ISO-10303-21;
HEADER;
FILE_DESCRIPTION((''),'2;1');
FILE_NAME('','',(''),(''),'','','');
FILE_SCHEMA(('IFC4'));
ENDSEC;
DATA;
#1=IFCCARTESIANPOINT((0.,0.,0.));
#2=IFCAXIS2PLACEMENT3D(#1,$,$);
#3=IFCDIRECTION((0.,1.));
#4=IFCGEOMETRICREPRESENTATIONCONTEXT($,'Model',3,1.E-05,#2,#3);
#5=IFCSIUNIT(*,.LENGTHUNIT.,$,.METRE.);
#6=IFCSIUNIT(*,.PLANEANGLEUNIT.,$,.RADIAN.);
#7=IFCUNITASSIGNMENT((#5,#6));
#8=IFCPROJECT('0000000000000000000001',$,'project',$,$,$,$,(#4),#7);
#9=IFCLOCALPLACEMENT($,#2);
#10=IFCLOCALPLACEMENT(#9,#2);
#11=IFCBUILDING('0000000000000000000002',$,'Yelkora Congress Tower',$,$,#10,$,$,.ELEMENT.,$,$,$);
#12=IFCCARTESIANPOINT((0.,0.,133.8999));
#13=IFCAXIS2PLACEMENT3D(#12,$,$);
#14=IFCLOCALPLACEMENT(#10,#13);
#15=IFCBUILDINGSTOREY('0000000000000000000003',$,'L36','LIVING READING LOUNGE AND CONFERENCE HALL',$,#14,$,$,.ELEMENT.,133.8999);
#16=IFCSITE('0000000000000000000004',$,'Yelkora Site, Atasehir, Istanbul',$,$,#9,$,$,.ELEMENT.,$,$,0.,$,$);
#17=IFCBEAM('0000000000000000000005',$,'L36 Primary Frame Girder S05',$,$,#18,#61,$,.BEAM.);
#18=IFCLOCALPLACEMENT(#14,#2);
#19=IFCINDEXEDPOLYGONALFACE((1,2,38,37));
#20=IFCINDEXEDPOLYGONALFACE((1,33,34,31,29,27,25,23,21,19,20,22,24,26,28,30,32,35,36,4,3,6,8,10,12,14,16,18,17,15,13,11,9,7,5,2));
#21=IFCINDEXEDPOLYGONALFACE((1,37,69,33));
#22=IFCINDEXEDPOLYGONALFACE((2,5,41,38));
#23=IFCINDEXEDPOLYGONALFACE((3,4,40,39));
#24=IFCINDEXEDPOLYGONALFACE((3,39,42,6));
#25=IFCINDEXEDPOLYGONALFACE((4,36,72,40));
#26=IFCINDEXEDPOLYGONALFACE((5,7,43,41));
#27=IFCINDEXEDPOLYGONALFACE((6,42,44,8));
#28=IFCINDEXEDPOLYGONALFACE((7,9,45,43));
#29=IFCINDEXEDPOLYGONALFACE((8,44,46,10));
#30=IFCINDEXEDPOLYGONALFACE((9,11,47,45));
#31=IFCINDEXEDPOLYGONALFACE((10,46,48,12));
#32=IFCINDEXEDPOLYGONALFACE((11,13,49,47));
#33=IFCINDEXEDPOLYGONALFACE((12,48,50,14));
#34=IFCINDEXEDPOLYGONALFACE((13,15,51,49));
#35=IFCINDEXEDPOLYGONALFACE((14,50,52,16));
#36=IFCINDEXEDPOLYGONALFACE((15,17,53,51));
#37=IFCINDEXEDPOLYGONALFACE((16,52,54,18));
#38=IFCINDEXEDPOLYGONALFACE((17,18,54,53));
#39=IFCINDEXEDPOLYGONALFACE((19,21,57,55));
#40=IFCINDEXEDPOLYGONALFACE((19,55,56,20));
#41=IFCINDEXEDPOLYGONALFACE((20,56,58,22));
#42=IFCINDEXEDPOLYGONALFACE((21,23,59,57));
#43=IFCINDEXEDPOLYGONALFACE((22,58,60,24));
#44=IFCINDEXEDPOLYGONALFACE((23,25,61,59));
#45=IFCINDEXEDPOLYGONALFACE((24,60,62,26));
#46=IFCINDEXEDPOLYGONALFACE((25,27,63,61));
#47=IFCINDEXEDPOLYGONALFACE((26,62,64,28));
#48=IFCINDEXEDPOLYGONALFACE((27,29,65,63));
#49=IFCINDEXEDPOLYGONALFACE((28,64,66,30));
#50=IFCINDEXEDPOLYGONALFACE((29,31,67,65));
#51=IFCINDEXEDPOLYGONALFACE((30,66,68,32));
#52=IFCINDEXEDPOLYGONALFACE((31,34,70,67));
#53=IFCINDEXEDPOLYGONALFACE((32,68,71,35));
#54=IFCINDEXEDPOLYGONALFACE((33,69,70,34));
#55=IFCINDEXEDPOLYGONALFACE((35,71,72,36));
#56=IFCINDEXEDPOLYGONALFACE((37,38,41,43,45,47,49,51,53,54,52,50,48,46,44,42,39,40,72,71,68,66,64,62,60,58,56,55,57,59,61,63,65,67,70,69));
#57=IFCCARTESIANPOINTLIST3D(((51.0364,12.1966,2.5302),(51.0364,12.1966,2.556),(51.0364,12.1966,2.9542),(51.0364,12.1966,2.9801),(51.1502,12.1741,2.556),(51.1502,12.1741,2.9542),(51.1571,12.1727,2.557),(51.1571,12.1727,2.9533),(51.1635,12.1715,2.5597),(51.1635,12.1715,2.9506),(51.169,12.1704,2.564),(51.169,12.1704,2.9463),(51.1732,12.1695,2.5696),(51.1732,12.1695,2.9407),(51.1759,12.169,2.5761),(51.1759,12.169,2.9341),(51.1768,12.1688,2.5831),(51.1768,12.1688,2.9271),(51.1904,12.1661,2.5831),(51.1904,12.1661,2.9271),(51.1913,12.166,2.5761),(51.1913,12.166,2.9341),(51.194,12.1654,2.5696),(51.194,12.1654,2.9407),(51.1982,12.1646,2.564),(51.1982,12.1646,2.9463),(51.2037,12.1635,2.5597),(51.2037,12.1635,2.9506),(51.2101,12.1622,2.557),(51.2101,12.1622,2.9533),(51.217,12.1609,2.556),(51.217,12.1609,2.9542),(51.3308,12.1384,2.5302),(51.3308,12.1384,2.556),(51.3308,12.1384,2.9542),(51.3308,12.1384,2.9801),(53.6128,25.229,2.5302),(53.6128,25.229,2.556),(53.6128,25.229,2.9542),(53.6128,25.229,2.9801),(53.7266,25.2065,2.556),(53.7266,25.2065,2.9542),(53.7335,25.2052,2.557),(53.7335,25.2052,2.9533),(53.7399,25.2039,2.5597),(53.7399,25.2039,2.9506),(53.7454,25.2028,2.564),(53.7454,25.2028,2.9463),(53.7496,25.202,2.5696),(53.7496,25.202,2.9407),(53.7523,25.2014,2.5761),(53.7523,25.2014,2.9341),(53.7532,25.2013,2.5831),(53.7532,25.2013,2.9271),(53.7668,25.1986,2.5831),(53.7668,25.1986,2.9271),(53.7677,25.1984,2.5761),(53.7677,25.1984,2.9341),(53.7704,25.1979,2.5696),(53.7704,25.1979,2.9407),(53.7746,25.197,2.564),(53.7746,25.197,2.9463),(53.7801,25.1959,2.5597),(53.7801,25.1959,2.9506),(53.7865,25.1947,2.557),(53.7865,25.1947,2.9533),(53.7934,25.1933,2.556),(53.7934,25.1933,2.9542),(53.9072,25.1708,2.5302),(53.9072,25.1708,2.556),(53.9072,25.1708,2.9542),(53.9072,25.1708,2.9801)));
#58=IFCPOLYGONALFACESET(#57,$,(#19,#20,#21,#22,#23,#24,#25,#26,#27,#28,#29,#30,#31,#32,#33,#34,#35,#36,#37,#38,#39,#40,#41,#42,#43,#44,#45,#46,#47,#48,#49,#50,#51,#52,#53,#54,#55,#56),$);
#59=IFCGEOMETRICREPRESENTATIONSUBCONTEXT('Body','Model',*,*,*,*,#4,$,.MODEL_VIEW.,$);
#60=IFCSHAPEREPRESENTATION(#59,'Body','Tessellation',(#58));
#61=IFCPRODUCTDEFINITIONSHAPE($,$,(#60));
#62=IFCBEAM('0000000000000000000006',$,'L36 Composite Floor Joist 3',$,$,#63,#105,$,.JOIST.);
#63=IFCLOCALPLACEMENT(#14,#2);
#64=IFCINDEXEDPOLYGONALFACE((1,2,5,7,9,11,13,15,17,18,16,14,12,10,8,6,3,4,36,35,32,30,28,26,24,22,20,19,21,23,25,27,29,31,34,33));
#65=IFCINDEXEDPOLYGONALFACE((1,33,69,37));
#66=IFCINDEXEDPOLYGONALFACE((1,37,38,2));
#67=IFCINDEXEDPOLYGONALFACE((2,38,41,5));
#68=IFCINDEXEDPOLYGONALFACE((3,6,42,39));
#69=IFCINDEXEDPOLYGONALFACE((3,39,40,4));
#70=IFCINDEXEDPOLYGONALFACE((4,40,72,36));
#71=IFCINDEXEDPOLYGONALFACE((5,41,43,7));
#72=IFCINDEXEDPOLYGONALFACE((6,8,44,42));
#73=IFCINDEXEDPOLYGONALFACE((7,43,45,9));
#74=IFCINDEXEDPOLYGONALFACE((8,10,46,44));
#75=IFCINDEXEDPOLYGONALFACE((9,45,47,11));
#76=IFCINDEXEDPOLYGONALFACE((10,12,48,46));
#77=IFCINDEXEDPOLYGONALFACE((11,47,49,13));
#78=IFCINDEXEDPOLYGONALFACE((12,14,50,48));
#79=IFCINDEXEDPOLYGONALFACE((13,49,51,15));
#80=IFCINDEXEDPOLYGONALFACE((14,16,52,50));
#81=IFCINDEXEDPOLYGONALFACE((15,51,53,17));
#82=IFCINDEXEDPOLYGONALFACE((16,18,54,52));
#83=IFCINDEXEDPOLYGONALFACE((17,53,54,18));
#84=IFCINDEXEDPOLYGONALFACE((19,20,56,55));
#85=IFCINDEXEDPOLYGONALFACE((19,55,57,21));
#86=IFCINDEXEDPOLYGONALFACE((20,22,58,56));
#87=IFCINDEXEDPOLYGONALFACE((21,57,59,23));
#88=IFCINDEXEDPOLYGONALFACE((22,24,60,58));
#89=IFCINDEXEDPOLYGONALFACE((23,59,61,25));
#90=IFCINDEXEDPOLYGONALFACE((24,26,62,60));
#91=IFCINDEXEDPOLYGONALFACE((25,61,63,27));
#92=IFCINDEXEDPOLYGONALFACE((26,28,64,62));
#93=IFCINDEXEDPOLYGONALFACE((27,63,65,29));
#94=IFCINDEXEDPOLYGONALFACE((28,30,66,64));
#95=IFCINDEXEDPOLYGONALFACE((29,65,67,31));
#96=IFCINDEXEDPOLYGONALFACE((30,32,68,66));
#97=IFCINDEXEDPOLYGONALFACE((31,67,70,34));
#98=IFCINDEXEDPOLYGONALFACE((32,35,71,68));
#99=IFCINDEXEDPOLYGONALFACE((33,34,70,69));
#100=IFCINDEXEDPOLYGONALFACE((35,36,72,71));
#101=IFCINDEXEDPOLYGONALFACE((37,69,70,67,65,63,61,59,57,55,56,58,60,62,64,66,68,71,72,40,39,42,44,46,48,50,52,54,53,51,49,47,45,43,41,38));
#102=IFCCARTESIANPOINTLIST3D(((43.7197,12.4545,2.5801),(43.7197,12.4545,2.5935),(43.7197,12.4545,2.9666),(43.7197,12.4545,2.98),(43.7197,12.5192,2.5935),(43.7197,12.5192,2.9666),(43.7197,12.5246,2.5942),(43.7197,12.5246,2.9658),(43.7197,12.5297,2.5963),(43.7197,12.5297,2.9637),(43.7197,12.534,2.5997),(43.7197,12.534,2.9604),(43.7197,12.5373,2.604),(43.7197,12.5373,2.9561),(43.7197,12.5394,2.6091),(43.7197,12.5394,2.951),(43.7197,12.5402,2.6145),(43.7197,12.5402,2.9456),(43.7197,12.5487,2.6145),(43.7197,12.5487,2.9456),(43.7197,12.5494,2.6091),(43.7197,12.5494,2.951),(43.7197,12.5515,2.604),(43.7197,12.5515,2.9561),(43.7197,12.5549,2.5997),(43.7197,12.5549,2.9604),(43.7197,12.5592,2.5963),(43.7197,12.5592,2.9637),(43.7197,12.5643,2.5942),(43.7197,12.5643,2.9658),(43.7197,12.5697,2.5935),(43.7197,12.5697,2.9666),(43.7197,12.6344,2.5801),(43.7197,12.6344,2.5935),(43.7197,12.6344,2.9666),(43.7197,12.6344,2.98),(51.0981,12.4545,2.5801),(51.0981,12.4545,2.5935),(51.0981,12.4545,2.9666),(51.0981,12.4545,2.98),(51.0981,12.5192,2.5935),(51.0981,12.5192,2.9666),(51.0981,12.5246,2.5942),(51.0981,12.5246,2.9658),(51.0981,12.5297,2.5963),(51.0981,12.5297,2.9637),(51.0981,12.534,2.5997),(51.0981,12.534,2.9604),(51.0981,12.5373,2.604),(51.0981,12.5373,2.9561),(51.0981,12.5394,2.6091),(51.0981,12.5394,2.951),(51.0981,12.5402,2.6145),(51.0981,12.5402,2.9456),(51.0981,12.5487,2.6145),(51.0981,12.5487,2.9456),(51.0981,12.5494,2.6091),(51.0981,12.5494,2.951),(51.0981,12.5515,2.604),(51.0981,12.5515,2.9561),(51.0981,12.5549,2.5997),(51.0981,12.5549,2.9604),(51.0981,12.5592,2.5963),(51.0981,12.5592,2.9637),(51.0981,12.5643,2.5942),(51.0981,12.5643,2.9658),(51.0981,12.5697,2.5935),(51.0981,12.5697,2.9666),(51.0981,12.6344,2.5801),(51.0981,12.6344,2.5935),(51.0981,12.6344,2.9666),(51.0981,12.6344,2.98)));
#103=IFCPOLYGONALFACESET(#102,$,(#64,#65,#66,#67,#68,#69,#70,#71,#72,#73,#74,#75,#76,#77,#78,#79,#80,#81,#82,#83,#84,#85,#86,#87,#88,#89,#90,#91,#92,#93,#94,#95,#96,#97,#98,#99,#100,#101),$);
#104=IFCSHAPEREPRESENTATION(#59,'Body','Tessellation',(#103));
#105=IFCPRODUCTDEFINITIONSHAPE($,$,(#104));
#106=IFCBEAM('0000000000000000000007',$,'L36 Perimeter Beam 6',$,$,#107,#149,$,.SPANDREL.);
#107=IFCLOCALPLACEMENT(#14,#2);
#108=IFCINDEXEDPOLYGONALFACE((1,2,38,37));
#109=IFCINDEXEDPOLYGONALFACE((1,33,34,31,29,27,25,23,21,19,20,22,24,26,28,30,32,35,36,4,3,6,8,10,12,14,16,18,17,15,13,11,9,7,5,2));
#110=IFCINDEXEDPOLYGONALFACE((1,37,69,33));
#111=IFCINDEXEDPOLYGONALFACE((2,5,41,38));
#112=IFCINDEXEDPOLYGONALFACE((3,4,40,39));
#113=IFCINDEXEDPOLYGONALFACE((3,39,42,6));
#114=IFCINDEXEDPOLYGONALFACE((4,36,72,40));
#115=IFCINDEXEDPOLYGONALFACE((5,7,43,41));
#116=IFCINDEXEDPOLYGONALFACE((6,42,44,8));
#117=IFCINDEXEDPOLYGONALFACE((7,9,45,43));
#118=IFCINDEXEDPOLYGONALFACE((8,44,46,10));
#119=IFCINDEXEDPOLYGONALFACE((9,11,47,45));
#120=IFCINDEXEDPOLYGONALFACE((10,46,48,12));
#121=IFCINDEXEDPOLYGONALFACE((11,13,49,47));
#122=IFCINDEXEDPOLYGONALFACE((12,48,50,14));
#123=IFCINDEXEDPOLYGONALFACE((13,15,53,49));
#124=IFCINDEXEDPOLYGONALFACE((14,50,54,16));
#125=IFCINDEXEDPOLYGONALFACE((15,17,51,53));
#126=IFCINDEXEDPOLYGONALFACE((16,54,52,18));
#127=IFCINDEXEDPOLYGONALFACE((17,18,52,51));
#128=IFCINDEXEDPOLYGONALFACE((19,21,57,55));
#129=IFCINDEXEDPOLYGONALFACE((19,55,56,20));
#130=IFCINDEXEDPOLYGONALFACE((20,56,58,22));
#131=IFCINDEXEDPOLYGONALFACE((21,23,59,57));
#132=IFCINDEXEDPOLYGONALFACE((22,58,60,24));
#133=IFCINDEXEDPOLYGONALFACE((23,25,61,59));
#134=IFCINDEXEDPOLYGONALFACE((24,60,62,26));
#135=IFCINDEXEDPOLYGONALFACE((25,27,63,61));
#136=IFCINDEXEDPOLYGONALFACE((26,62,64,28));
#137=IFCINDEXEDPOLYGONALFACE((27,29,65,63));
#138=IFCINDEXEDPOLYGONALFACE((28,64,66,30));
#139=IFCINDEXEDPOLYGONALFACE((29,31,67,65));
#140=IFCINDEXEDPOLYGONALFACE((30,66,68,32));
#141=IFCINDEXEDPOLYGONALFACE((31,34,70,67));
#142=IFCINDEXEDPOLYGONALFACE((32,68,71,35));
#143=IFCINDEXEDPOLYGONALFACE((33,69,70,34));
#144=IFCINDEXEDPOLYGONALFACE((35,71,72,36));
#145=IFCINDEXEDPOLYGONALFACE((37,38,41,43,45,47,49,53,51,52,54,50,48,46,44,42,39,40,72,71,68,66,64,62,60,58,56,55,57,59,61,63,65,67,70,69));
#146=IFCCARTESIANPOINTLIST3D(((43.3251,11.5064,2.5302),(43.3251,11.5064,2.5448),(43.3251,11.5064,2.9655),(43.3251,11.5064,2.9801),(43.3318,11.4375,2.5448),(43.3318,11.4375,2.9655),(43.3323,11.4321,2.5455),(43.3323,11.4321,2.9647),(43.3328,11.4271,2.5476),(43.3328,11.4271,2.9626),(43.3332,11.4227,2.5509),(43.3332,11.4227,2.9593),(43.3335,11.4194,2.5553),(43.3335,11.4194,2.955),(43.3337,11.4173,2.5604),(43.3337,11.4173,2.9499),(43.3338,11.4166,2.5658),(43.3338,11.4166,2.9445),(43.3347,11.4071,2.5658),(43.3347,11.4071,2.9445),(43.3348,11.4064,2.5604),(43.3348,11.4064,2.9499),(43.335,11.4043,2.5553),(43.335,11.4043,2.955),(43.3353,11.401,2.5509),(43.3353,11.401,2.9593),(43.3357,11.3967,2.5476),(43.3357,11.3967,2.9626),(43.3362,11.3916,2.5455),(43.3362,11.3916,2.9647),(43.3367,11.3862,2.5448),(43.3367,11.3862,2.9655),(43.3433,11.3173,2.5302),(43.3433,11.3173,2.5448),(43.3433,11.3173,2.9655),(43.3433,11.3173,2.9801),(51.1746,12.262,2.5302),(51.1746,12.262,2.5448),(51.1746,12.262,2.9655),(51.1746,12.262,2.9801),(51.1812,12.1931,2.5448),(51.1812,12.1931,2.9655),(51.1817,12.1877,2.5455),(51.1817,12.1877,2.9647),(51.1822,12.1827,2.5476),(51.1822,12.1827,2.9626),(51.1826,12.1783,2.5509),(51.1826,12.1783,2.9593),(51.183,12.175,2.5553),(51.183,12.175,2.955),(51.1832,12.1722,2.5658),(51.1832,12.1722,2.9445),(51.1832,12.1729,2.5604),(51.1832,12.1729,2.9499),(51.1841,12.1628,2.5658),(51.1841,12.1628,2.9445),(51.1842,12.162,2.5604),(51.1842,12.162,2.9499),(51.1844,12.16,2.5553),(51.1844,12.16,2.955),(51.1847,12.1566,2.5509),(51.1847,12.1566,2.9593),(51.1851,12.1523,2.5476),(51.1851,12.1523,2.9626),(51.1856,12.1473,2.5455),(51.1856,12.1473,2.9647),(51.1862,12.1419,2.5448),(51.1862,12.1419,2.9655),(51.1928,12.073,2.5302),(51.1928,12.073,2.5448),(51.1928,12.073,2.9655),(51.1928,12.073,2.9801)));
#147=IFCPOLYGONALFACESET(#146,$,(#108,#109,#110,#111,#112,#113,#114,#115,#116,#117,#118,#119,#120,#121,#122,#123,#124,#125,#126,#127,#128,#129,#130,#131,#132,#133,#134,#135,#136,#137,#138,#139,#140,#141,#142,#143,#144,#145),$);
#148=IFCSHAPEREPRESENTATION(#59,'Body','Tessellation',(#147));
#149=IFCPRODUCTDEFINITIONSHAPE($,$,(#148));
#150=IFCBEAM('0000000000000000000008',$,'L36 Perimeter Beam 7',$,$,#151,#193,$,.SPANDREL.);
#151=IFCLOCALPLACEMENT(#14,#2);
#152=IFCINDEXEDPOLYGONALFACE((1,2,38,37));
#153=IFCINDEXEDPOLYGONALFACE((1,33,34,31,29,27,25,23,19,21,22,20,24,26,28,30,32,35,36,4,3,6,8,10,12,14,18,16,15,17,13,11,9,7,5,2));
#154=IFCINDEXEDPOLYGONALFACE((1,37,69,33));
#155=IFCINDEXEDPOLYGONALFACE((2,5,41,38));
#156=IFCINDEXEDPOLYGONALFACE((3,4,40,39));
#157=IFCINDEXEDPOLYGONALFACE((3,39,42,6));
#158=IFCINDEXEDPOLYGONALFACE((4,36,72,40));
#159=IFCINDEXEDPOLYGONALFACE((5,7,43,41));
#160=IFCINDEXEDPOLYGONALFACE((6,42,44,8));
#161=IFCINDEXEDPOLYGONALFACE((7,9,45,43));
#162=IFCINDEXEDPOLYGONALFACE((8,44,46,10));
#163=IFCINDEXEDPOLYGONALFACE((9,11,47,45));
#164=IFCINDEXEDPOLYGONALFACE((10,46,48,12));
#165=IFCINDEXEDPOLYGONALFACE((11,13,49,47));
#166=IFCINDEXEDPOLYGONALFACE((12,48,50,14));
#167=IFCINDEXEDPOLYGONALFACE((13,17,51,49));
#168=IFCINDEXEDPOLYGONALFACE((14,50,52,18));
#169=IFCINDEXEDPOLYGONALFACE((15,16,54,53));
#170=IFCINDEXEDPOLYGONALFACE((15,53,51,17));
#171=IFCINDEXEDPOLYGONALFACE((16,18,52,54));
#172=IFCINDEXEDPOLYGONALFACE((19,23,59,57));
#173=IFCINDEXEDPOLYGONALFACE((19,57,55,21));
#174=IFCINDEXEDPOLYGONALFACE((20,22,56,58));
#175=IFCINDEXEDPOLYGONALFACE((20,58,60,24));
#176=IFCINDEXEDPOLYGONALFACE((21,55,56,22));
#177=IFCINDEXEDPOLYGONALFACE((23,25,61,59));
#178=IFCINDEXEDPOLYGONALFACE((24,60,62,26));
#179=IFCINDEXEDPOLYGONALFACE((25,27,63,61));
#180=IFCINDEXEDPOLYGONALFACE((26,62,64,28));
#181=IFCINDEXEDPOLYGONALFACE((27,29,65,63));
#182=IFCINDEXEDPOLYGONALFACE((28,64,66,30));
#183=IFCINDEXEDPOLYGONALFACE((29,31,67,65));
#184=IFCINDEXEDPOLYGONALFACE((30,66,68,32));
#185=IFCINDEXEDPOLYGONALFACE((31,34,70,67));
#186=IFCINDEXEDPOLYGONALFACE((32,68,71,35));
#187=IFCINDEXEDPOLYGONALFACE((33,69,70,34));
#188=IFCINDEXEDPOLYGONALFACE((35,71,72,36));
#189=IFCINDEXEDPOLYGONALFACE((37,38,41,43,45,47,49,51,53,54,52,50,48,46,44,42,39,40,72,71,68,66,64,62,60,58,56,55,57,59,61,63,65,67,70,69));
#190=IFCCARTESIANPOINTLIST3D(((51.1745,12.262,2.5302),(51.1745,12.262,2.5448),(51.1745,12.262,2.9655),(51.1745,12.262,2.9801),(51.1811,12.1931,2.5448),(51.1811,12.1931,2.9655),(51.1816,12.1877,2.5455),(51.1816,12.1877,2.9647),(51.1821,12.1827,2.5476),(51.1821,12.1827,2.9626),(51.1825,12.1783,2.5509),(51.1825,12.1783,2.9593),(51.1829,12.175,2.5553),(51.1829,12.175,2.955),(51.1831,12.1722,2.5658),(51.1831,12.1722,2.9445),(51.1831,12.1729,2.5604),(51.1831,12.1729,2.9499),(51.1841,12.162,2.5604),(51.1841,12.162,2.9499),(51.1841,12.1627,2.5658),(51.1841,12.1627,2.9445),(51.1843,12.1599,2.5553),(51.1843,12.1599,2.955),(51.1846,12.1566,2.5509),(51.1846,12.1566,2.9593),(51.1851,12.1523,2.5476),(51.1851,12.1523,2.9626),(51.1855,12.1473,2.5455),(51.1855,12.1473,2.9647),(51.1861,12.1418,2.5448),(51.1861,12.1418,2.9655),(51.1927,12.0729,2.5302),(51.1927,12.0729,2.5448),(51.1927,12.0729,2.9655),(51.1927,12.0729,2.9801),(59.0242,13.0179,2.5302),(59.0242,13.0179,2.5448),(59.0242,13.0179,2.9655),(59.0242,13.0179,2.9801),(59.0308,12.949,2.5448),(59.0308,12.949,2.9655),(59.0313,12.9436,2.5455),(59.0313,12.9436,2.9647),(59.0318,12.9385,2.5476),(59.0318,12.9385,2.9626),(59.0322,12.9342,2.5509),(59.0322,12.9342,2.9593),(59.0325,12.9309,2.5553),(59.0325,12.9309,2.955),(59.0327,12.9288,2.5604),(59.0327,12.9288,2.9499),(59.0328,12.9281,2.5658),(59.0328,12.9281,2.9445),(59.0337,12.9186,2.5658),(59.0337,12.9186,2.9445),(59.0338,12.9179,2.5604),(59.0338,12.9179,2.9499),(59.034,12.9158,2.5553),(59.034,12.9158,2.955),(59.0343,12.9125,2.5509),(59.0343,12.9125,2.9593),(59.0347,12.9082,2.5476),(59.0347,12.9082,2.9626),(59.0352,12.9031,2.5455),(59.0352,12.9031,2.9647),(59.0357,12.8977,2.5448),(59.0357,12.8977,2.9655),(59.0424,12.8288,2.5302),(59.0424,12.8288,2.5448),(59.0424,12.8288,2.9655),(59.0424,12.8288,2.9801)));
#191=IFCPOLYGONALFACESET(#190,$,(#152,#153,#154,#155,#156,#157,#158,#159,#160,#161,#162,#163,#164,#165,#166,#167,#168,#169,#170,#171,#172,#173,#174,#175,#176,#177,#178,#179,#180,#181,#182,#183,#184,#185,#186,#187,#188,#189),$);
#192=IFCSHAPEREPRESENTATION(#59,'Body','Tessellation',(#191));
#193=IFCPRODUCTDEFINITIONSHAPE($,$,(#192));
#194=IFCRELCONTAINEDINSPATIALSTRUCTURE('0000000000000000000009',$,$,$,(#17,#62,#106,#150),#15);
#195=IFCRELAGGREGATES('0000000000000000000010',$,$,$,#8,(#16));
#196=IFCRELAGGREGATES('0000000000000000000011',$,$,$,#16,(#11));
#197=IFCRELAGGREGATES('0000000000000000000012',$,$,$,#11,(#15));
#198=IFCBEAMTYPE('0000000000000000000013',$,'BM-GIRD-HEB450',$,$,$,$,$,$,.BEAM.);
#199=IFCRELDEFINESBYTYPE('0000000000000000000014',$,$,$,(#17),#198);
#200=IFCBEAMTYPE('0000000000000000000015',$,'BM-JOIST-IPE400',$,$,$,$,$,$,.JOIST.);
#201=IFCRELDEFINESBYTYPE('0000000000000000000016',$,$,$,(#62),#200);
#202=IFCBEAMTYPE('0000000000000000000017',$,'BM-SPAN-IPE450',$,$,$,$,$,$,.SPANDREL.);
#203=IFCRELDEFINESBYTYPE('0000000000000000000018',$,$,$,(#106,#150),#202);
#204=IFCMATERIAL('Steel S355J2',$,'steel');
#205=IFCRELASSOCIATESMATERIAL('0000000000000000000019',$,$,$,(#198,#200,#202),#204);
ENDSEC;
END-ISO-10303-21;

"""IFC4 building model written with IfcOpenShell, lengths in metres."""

from ifc_helpers import new_model, si_unit, direction, frame, origin, origin_2d, place, context, subcontext, project, spatial, i_section, extrude, material, material_profile, profile_set, type_object, element, save


model = new_model("IFC4")

# Units and contexts
model_context = context("Model", 3, precision=1e-05, world=origin(), true_north=direction((0.0, 1.0)))
body_context = subcontext(model_context, "Body", "Model", "MODEL_VIEW")
ifc_project = project(units=[si_unit("LENGTHUNIT", "METRE"), si_unit("PLANEANGLEUNIT", "RADIAN")], contexts=[model_context])

# Site, building, storey
site_placement = place(None, origin())
site = spatial("IfcSite", under=ifc_project, at=site_placement, Name="Yelkora Site, Atasehir, Istanbul", CompositionType="ELEMENT", RefElevation=0.0)
building_placement = place(site_placement, origin())
building = spatial("IfcBuilding", under=site, at=building_placement, Name="Yelkora Congress Tower", CompositionType="ELEMENT")
storey_placement = place(building_placement, frame((0.0, 0.0, 133.8999)))
storey = spatial("IfcBuildingStorey", under=building, at=storey_placement, Name="L36", Description="LIVING READING LOUNGE AND CONFERENCE HALL", CompositionType="ELEMENT", Elevation=133.8999)

# Beams
ifc_material_1 = material(Name="Steel S355J2", Category="steel")
ifc_material_profile_1 = material_profile(ifc_material_1, i_section(OverallWidth=0.3, OverallDepth=0.45, WebThickness=0.0139, FlangeThickness=0.0259, FilletRadius=0.0271, at=origin_2d()), Name="HEB 450")
ifc_profile_set_1 = profile_set([ifc_material_profile_1], Name="Steel S355J2")
beam_type_1 = type_object("IfcBeamType", Name="BM-GIRD-HEB450", PredefinedType="BEAM", material=ifc_profile_set_1)
beam_1_placement = place(storey_placement, frame((51.1836, 12.1675, 2.7551), z_axis=(0.193939, 0.981014, 0.0), x_axis=(-0.981014, 0.193939, 0.0)))
element("IfcBeam", 1, at=beam_1_placement, inside=storey, type_object=beam_type_1, Name="L36 Primary Frame Girder S05", PredefinedType="BEAM", context=body_context, shape_type="SweptSolid", body=[
    extrude(i_section(OverallWidth=0.3, OverallDepth=0.45, WebThickness=0.0139, FlangeThickness=0.0259, FilletRadius=0.0271, at=origin_2d()), origin(), (0.0, 0.0, 1.0), 13.2847),
])
ifc_material_profile_2 = material_profile(ifc_material_1, i_section(OverallWidth=0.1799, OverallDepth=0.3999, WebThickness=0.0085, FlangeThickness=0.0134, FilletRadius=0.021, at=origin_2d()), Name="IPE 400")
ifc_profile_set_2 = profile_set([ifc_material_profile_2], Name="Steel S355J2")
beam_type_2 = type_object("IfcBeamType", Name="BM-JOIST-IPE400", PredefinedType="JOIST", material=ifc_profile_set_2)
beam_2_placement = place(storey_placement, frame((43.7197, 12.5444, 2.78), z_axis=(1.0, 0.0, 0.0), x_axis=(0.0, 1.0, 0.0)))
element("IfcBeam", 2, at=beam_2_placement, inside=storey, type_object=beam_type_2, Name="L36 Composite Floor Joist 3", PredefinedType="JOIST", context=body_context, shape_type="SweptSolid", body=[
    extrude(i_section(OverallWidth=0.1799, OverallDepth=0.3999, WebThickness=0.0085, FlangeThickness=0.0134, FilletRadius=0.021, at=origin_2d()), origin(), (0.0, 0.0, 1.0), 7.3784),
])
ifc_material_profile_3 = material_profile(ifc_material_1, i_section(OverallWidth=0.1899, OverallDepth=0.45, WebThickness=0.0095, FlangeThickness=0.0146, FilletRadius=0.021, at=origin_2d()), Name="IPE 450")
ifc_profile_set_3 = profile_set([ifc_material_profile_3], Name="Steel S355J2")
beam_type_3 = type_object("IfcBeamType", Name="BM-SPAN-IPE450", PredefinedType="SPANDREL", material=ifc_profile_set_3)
beam_3_placement = place(storey_placement, frame((43.3342, 11.4119, 2.7551), z_axis=(0.995399, 0.095822, 0.0), x_axis=(-0.095822, 0.995399, 0.0)))
element("IfcBeam", 3, at=beam_3_placement, inside=storey, type_object=beam_type_3, Name="L36 Perimeter Beam 6", PredefinedType="SPANDREL", context=body_context, shape_type="SweptSolid", body=[
    extrude(i_section(OverallWidth=0.1899, OverallDepth=0.45, WebThickness=0.0095, FlangeThickness=0.0146, FilletRadius=0.021, at=origin_2d()), origin(), (0.0, 0.0, 1.0), 7.8857),
])
beam_4_placement = place(storey_placement, frame((51.1836, 12.1675, 2.7551), z_axis=(0.995396, 0.095849, 0.0), x_axis=(-0.095849, 0.995396, 0.0)))
element("IfcBeam", 4, at=beam_4_placement, inside=storey, type_object=beam_type_3, Name="L36 Perimeter Beam 7", PredefinedType="SPANDREL", context=body_context, shape_type="SweptSolid", body=[
    extrude(i_section(OverallWidth=0.1899, OverallDepth=0.45, WebThickness=0.0095, FlangeThickness=0.0146, FilletRadius=0.021, at=origin_2d()), origin(), (0.0, 0.0, 1.0), 7.886),
])

save(model, "model.ifc")
